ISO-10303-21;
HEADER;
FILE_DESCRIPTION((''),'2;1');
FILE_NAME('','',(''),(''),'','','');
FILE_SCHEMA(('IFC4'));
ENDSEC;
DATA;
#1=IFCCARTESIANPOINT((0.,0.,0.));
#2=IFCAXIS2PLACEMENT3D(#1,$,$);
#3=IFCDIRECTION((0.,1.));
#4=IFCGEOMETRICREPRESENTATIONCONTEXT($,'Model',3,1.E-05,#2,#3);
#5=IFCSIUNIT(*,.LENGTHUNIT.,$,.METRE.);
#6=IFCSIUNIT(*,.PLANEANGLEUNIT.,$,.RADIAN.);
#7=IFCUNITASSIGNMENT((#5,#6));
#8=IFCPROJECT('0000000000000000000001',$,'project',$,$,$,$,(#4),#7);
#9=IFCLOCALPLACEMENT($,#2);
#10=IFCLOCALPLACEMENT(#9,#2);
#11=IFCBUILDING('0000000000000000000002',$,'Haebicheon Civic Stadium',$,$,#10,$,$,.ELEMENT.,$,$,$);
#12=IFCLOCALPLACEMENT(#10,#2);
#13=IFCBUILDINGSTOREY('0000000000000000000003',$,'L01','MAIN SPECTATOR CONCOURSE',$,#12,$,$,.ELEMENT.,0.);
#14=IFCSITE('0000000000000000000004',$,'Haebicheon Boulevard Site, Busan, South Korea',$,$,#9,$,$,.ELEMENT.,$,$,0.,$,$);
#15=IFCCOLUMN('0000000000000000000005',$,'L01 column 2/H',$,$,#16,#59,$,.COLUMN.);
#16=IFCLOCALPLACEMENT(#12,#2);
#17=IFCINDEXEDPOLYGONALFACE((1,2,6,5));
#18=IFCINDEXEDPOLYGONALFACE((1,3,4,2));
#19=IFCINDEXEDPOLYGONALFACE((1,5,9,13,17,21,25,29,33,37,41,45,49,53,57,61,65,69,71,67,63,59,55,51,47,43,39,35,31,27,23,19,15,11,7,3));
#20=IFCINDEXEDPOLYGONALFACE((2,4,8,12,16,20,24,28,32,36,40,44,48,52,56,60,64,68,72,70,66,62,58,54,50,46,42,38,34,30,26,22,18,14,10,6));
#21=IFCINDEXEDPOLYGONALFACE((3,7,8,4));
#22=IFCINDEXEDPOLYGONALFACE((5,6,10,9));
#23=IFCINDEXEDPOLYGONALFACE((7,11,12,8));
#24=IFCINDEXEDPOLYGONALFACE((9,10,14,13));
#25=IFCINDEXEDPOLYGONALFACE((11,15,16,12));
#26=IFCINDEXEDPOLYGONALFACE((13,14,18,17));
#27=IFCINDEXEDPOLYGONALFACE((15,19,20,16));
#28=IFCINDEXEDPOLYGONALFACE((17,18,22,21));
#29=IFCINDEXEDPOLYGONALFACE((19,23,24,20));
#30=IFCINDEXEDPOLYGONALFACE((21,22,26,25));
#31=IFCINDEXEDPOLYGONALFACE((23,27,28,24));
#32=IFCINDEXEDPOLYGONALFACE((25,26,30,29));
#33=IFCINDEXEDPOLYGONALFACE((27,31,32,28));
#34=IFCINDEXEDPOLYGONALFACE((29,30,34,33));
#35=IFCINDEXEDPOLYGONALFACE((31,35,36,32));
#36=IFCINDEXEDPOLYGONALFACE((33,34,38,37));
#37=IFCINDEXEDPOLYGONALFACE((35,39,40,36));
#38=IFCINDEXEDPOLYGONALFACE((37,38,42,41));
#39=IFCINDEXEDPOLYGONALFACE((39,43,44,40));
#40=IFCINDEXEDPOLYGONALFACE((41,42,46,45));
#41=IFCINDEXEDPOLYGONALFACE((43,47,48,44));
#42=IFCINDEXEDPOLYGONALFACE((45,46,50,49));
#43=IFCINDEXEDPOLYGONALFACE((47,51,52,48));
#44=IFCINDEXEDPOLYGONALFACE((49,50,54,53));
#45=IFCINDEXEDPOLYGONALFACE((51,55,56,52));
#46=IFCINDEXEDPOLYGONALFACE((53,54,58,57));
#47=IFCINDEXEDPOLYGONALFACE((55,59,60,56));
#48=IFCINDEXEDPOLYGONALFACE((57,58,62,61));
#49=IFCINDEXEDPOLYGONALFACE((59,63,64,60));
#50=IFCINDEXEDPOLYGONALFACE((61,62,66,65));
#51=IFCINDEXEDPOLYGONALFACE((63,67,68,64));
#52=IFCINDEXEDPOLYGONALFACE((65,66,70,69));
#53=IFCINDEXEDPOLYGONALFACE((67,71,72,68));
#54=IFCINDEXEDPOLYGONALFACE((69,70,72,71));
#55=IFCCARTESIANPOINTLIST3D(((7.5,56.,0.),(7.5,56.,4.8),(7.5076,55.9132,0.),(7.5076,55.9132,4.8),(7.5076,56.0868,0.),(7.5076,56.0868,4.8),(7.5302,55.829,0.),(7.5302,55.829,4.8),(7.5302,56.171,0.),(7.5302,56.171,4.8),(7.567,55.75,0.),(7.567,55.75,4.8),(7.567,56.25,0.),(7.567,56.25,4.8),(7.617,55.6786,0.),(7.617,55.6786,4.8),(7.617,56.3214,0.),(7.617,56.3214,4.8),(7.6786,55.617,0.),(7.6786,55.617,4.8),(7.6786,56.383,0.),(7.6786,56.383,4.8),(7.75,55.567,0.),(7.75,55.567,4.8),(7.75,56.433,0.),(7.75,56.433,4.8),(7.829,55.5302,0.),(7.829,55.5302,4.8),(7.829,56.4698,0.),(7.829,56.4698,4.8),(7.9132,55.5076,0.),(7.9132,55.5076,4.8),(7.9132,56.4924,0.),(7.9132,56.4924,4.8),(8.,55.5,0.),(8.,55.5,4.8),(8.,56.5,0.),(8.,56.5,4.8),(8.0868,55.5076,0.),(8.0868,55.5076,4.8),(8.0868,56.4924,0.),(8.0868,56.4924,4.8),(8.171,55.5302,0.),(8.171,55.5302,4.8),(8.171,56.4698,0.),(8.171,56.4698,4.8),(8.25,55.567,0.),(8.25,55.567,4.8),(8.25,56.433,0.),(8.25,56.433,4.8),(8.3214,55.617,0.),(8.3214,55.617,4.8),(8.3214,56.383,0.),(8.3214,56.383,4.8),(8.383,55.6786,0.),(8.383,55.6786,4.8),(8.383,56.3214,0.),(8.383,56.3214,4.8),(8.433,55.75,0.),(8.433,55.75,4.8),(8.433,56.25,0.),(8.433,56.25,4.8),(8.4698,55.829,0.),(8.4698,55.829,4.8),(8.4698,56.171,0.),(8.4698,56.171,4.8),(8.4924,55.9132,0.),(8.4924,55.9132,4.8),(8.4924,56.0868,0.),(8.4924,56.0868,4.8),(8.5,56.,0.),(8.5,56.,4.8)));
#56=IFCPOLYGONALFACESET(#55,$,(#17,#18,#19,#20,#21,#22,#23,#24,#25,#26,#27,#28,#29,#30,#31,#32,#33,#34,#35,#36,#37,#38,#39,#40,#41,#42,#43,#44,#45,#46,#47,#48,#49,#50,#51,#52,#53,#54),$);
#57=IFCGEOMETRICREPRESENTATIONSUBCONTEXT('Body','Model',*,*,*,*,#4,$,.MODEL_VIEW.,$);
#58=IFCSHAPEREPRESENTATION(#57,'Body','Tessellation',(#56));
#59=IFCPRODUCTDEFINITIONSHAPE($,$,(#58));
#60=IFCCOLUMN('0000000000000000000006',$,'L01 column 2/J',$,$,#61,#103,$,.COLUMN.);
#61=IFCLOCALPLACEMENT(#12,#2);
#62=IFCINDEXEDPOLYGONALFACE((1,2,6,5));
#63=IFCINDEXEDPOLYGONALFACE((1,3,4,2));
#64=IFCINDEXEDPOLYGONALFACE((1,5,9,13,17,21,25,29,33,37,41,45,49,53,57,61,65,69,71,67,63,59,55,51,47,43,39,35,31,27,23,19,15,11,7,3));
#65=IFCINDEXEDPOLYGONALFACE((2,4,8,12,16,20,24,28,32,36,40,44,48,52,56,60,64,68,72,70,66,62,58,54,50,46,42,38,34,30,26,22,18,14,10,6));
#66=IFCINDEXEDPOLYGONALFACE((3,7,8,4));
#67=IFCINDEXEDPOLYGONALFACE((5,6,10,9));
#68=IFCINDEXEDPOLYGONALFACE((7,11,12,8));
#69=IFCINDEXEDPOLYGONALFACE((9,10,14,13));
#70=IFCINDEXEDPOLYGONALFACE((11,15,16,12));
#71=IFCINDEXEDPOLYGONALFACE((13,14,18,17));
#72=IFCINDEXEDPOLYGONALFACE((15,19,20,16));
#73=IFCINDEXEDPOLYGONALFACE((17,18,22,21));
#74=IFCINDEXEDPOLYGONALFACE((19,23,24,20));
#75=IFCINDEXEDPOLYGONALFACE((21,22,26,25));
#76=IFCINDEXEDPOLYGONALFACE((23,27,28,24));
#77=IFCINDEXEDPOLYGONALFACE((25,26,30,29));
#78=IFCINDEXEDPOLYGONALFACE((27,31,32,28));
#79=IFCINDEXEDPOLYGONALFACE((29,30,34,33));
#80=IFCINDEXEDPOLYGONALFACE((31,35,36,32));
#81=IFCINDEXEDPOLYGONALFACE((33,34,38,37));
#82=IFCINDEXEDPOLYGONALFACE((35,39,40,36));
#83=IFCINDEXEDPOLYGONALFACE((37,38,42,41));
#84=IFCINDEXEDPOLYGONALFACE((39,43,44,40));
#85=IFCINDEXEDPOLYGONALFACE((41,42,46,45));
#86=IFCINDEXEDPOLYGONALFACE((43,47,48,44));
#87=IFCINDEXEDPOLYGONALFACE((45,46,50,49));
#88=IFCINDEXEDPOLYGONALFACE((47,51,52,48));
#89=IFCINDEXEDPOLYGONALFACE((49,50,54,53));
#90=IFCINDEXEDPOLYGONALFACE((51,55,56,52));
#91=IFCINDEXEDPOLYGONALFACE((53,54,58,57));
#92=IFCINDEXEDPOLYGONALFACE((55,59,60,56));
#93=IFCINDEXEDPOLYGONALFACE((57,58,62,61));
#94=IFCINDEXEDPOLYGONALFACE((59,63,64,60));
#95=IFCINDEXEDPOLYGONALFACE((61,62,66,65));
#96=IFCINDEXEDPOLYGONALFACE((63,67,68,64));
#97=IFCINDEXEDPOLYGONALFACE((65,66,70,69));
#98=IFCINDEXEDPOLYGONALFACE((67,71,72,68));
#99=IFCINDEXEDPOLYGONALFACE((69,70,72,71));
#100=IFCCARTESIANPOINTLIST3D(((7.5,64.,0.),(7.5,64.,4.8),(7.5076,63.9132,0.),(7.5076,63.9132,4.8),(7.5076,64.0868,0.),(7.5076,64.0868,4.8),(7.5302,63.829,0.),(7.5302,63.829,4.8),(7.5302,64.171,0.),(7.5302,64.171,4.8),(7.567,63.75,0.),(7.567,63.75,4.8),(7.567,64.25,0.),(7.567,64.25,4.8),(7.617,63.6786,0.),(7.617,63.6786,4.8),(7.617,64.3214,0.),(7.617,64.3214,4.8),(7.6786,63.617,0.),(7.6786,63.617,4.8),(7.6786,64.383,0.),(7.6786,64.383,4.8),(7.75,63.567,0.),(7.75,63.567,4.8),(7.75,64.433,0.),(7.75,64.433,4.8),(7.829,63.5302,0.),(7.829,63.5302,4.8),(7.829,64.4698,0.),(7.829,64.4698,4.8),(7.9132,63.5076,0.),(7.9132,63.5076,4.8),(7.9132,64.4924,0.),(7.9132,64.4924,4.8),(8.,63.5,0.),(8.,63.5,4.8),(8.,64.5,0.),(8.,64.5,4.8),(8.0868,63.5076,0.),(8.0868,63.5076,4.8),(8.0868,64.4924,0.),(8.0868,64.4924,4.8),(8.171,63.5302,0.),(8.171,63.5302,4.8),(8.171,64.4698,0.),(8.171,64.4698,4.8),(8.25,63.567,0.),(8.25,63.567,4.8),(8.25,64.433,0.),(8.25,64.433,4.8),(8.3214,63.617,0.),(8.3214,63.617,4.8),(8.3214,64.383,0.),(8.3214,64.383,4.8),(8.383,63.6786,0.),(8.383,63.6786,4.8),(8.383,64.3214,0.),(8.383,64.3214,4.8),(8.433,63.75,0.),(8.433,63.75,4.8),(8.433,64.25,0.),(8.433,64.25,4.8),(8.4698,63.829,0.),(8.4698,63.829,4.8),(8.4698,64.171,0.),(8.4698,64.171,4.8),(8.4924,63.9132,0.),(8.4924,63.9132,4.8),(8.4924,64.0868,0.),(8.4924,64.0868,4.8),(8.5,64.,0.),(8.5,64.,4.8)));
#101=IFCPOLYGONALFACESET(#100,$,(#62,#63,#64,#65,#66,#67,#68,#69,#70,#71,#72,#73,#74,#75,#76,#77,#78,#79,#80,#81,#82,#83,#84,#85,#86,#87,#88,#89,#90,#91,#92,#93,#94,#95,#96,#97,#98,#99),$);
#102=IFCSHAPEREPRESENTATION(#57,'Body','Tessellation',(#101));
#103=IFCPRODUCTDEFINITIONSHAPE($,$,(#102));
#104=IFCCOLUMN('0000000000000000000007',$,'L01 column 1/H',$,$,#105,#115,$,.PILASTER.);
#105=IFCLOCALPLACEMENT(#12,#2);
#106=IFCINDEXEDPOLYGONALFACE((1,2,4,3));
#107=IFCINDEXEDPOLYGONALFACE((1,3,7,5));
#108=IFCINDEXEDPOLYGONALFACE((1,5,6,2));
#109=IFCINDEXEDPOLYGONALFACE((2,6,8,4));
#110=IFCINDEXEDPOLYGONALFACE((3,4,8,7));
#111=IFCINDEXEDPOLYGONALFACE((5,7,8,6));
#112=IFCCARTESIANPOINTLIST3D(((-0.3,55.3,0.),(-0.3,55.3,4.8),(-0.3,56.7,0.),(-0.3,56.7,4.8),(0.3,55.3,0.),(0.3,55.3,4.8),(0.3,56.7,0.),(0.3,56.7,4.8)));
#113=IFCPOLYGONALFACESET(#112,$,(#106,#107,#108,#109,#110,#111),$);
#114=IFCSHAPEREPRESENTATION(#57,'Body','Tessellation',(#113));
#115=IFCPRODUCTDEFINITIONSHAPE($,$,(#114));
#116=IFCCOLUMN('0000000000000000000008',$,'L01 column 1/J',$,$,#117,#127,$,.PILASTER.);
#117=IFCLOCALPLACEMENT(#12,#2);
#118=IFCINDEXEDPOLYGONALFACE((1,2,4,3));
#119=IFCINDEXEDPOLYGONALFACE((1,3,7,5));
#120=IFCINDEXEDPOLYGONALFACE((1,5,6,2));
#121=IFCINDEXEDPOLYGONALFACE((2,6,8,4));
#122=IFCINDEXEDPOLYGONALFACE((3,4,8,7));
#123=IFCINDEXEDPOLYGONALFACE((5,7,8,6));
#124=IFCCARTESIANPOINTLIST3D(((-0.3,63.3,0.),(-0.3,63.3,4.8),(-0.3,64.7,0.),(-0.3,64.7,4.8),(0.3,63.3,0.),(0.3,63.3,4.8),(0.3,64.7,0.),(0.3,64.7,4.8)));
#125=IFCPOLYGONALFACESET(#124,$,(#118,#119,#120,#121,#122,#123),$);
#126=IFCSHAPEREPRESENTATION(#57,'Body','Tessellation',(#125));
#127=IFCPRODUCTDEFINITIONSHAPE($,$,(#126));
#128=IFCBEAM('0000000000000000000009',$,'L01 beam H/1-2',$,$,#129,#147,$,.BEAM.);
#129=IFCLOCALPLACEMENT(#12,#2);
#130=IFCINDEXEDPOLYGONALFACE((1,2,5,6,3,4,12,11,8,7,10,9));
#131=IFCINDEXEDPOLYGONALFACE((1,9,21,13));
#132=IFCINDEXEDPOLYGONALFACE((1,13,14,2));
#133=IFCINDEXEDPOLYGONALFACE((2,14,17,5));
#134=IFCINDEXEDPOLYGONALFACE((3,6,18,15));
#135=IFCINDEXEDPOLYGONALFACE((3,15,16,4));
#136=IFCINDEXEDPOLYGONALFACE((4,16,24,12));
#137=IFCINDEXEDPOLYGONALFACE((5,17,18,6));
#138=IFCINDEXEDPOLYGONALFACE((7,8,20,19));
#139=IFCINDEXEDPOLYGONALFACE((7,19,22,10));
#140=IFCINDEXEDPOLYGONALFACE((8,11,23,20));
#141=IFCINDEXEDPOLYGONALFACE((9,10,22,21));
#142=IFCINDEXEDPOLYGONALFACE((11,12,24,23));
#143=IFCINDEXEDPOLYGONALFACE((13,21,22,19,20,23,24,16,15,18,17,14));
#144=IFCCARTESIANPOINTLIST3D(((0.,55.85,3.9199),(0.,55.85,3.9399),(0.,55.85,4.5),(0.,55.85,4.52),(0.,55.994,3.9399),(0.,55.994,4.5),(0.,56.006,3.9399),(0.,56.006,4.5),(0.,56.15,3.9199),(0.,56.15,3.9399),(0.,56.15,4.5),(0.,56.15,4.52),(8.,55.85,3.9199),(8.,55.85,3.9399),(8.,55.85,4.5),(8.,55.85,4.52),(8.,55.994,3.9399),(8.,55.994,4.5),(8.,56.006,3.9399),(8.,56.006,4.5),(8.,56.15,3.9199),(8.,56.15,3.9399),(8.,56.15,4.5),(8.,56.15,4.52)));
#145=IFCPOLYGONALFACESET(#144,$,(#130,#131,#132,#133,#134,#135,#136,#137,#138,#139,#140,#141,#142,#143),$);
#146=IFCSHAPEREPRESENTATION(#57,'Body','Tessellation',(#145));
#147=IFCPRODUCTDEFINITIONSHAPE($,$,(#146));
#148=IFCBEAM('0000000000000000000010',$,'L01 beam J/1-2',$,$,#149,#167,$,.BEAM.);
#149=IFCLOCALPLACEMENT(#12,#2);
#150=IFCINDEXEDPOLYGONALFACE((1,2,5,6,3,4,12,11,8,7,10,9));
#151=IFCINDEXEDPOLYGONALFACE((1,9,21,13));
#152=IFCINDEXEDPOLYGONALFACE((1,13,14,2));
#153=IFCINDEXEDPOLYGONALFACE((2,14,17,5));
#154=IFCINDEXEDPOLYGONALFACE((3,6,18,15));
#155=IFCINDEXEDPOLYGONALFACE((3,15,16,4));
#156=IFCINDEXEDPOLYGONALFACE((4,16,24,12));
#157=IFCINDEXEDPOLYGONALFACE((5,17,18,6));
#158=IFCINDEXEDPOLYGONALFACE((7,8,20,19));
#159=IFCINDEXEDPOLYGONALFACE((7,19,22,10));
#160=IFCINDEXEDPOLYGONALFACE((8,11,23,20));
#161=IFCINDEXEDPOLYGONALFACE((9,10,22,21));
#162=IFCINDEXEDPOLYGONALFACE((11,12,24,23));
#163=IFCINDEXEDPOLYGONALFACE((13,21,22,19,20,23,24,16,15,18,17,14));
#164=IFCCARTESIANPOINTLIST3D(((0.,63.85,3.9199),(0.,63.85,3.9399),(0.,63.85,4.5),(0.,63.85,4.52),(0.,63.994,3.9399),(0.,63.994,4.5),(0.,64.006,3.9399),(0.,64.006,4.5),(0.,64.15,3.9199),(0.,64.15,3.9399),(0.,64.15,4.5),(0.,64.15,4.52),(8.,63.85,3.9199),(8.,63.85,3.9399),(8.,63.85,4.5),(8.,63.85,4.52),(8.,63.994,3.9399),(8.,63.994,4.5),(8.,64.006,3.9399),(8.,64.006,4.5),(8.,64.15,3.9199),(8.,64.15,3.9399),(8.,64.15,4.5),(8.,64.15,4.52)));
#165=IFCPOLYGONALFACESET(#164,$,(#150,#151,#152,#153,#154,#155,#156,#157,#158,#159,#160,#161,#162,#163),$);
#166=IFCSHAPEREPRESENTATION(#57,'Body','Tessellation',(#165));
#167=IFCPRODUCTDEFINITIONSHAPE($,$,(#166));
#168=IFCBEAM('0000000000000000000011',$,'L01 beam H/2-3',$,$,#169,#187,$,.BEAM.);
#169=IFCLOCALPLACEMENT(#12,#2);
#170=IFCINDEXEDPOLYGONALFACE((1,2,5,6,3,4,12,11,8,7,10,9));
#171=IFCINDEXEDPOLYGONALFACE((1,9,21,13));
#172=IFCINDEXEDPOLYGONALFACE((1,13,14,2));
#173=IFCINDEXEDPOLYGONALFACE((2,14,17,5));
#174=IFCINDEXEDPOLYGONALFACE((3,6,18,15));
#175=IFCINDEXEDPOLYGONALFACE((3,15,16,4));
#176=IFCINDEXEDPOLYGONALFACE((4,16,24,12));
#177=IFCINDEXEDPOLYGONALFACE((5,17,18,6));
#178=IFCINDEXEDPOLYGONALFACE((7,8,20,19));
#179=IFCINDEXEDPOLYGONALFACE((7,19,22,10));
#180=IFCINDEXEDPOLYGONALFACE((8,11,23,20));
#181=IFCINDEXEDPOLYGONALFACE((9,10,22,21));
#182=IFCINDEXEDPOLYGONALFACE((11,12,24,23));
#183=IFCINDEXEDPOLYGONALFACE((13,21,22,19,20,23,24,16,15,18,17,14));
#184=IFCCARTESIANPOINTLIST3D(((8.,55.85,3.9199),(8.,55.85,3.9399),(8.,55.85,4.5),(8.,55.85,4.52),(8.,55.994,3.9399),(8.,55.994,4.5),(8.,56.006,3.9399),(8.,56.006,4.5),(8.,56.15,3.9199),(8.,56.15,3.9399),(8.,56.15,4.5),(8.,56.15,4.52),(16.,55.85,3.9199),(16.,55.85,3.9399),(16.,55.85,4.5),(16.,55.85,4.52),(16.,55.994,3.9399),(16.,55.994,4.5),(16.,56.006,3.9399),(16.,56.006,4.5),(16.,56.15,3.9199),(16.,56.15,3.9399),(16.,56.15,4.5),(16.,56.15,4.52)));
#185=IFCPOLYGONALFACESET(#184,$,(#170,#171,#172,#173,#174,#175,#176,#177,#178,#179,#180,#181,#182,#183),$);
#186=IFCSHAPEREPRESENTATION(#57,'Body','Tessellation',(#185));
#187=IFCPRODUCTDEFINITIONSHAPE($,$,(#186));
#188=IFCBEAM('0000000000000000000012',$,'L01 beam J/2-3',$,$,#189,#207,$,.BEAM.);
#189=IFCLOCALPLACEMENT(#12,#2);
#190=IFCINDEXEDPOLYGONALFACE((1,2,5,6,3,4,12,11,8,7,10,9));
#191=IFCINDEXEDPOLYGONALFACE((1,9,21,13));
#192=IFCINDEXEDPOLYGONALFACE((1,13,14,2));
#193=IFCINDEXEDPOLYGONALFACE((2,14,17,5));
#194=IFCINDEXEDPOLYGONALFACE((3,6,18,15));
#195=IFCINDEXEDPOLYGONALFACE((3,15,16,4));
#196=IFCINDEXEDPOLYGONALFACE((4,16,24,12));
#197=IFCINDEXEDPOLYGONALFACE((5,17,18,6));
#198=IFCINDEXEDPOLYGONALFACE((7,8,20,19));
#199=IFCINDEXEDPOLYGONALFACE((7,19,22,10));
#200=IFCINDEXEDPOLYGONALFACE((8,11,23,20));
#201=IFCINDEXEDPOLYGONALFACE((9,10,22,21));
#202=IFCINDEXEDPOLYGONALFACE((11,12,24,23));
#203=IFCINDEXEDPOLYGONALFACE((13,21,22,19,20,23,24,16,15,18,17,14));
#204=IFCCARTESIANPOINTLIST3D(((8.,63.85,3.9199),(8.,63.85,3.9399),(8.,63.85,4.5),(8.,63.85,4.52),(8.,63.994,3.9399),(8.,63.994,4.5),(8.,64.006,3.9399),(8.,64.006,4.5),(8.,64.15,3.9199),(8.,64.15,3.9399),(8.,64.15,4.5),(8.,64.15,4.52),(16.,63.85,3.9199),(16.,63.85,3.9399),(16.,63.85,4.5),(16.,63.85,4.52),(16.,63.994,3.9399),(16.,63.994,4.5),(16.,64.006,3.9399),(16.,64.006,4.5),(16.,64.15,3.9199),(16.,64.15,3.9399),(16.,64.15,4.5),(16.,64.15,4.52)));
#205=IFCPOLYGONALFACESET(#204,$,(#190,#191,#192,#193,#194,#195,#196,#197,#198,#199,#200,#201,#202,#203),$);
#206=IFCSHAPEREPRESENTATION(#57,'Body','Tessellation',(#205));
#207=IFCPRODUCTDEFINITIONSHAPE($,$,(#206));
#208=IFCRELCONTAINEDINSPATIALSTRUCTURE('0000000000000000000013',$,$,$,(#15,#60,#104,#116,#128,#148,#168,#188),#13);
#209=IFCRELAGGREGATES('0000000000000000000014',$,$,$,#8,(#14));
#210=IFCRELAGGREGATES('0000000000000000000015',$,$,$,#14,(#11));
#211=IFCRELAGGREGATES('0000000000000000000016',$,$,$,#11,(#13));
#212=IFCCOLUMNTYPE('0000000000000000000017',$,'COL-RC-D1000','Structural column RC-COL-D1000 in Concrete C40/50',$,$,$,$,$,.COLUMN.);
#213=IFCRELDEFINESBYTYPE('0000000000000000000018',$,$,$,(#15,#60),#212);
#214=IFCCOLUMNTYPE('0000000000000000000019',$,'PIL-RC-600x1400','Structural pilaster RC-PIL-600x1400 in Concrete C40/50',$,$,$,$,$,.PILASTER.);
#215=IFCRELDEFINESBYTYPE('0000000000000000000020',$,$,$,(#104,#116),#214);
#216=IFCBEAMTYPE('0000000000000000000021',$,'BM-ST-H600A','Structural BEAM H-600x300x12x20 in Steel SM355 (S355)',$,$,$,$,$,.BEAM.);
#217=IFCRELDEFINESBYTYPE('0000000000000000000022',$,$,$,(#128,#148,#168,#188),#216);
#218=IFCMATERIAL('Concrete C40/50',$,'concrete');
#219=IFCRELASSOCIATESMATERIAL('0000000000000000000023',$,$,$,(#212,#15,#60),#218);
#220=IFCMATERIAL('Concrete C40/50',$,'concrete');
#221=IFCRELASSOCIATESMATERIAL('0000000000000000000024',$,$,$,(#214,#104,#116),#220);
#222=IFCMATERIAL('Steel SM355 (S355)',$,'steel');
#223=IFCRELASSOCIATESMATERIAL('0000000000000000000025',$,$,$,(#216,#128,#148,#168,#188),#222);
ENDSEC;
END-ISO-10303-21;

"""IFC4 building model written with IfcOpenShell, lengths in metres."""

from ifc_helpers import new_model, si_unit, direction, frame, origin, origin_2d, place, context, subcontext, project, spatial, rectangle, circle, i_section, extrude, material, material_profile, profile_set, type_object, element, save


model = new_model("IFC4")

# Units and contexts
model_context = context("Model", 3, precision=1e-05, world=origin(), true_north=direction((0.0, 1.0)))
body_context = subcontext(model_context, "Body", "Model", "MODEL_VIEW")
ifc_project = project(units=[si_unit("LENGTHUNIT", "METRE"), si_unit("PLANEANGLEUNIT", "RADIAN")], contexts=[model_context])

# Site, building, storey
site_placement = place(None, origin())
site = spatial("IfcSite", under=ifc_project, at=site_placement, Name="Haebicheon Boulevard Site, Busan, South Korea", CompositionType="ELEMENT", RefElevation=0.0)
building_placement = place(site_placement, origin())
building = spatial("IfcBuilding", under=site, at=building_placement, Name="Haebicheon Civic Stadium", CompositionType="ELEMENT")
storey_placement = place(building_placement, origin())
storey = spatial("IfcBuildingStorey", under=building, at=storey_placement, Name="L01", Description="MAIN SPECTATOR CONCOURSE", CompositionType="ELEMENT", Elevation=0.0)

# Columns
ifc_material_1 = material(Name="Concrete C40/50", Category="concrete")
ifc_material_profile_1 = material_profile(ifc_material_1, circle(Radius=0.5, at=origin_2d()), Name="RC-COL-D1000")
ifc_profile_set_1 = profile_set([ifc_material_profile_1], Name="Concrete C40/50")
column_type_1 = type_object("IfcColumnType", Name="COL-RC-D1000", Description="Structural column RC-COL-D1000 in Concrete C40/50", PredefinedType="COLUMN", material=ifc_profile_set_1)
for number, where, z_axis, x_axis, name in (
    (1, (8.0, 56.0, 0.0), (0.0, 0.0, 1.0), (1.0, 0.0, 0.0), "L01 column 2/H"),
    (2, (8.0, 64.0, 0.0), (0.0, 0.0, 1.0), (1.0, 0.0, 0.0), "L01 column 2/J"),
):
    element("IfcColumn", number, at=place(storey_placement, frame(where, z_axis=z_axis, x_axis=x_axis)), inside=storey, type_object=column_type_1, material=ifc_profile_set_1, Name=name, PredefinedType="COLUMN", context=body_context, shape_type="SweptSolid", body=[
        extrude(circle(Radius=0.5, at=origin_2d()), origin(), (0.0, 0.0, 1.0), 4.8),
    ])
ifc_material_2 = material(Name="Concrete C40/50", Category="concrete")
ifc_material_profile_2 = material_profile(ifc_material_2, rectangle(XDim=0.6001, YDim=1.3999, at=origin_2d()), Name="RC-PIL-600x1400")
ifc_profile_set_2 = profile_set([ifc_material_profile_2], Name="Concrete C40/50")
column_type_2 = type_object("IfcColumnType", Name="PIL-RC-600x1400", Description="Structural pilaster RC-PIL-600x1400 in Concrete C40/50", PredefinedType="PILASTER", material=ifc_profile_set_2)
for number, where, z_axis, x_axis, name in (
    (3, (0.0, 56.0, 0.0), (0.0, 0.0, 1.0), (1.0, 0.0, 0.0), "L01 column 1/H"),
    (4, (0.0, 64.0, 0.0), (0.0, 0.0, 1.0), (1.0, 0.0, 0.0), "L01 column 1/J"),
):
    element("IfcColumn", number, at=place(storey_placement, frame(where, z_axis=z_axis, x_axis=x_axis)), inside=storey, type_object=column_type_2, material=ifc_profile_set_2, Name=name, PredefinedType="PILASTER", context=body_context, shape_type="SweptSolid", body=[
        extrude(rectangle(XDim=0.6001, YDim=1.3999, at=origin_2d()), origin(), (0.0, 0.0, 1.0), 4.8),
    ])

# Beams
ifc_material_3 = material(Name="Steel SM355 (S355)", Category="steel")
ifc_material_profile_3 = material_profile(ifc_material_3, i_section(OverallWidth=0.3, OverallDepth=0.6001, WebThickness=0.012, FlangeThickness=0.02, at=origin_2d()), Name="H-600x300x12x20")
ifc_profile_set_3 = profile_set([ifc_material_profile_3], Name="Steel SM355 (S355)")
beam_type_1 = type_object("IfcBeamType", Name="BM-ST-H600A", Description="Structural BEAM H-600x300x12x20 in Steel SM355 (S355)", PredefinedType="BEAM", material=ifc_profile_set_3)
for number, where, z_axis, x_axis, name in (
    (5, (0.0, 56.0, 4.22), (1.0, 0.0, 0.0), (0.0, 1.0, 0.0), "L01 beam H/1-2"),
    (6, (0.0, 64.0, 4.22), (1.0, 0.0, 0.0), (0.0, 1.0, 0.0), "L01 beam J/1-2"),
    (7, (8.0, 56.0, 4.22), (1.0, 0.0, 0.0), (0.0, 1.0, 0.0), "L01 beam H/2-3"),
    (8, (8.0, 64.0, 4.22), (1.0, 0.0, 0.0), (0.0, 1.0, 0.0), "L01 beam J/2-3"),
):
    element("IfcBeam", number, at=place(storey_placement, frame(where, z_axis=z_axis, x_axis=x_axis)), inside=storey, type_object=beam_type_1, material=ifc_profile_set_3, Name=name, PredefinedType="BEAM", context=body_context, shape_type="SweptSolid", body=[
        extrude(i_section(OverallWidth=0.3, OverallDepth=0.6001, WebThickness=0.012, FlangeThickness=0.02, at=origin_2d()), origin(), (0.0, 0.0, 1.0), 8.0),
    ])

save(model, "model.ifc")
